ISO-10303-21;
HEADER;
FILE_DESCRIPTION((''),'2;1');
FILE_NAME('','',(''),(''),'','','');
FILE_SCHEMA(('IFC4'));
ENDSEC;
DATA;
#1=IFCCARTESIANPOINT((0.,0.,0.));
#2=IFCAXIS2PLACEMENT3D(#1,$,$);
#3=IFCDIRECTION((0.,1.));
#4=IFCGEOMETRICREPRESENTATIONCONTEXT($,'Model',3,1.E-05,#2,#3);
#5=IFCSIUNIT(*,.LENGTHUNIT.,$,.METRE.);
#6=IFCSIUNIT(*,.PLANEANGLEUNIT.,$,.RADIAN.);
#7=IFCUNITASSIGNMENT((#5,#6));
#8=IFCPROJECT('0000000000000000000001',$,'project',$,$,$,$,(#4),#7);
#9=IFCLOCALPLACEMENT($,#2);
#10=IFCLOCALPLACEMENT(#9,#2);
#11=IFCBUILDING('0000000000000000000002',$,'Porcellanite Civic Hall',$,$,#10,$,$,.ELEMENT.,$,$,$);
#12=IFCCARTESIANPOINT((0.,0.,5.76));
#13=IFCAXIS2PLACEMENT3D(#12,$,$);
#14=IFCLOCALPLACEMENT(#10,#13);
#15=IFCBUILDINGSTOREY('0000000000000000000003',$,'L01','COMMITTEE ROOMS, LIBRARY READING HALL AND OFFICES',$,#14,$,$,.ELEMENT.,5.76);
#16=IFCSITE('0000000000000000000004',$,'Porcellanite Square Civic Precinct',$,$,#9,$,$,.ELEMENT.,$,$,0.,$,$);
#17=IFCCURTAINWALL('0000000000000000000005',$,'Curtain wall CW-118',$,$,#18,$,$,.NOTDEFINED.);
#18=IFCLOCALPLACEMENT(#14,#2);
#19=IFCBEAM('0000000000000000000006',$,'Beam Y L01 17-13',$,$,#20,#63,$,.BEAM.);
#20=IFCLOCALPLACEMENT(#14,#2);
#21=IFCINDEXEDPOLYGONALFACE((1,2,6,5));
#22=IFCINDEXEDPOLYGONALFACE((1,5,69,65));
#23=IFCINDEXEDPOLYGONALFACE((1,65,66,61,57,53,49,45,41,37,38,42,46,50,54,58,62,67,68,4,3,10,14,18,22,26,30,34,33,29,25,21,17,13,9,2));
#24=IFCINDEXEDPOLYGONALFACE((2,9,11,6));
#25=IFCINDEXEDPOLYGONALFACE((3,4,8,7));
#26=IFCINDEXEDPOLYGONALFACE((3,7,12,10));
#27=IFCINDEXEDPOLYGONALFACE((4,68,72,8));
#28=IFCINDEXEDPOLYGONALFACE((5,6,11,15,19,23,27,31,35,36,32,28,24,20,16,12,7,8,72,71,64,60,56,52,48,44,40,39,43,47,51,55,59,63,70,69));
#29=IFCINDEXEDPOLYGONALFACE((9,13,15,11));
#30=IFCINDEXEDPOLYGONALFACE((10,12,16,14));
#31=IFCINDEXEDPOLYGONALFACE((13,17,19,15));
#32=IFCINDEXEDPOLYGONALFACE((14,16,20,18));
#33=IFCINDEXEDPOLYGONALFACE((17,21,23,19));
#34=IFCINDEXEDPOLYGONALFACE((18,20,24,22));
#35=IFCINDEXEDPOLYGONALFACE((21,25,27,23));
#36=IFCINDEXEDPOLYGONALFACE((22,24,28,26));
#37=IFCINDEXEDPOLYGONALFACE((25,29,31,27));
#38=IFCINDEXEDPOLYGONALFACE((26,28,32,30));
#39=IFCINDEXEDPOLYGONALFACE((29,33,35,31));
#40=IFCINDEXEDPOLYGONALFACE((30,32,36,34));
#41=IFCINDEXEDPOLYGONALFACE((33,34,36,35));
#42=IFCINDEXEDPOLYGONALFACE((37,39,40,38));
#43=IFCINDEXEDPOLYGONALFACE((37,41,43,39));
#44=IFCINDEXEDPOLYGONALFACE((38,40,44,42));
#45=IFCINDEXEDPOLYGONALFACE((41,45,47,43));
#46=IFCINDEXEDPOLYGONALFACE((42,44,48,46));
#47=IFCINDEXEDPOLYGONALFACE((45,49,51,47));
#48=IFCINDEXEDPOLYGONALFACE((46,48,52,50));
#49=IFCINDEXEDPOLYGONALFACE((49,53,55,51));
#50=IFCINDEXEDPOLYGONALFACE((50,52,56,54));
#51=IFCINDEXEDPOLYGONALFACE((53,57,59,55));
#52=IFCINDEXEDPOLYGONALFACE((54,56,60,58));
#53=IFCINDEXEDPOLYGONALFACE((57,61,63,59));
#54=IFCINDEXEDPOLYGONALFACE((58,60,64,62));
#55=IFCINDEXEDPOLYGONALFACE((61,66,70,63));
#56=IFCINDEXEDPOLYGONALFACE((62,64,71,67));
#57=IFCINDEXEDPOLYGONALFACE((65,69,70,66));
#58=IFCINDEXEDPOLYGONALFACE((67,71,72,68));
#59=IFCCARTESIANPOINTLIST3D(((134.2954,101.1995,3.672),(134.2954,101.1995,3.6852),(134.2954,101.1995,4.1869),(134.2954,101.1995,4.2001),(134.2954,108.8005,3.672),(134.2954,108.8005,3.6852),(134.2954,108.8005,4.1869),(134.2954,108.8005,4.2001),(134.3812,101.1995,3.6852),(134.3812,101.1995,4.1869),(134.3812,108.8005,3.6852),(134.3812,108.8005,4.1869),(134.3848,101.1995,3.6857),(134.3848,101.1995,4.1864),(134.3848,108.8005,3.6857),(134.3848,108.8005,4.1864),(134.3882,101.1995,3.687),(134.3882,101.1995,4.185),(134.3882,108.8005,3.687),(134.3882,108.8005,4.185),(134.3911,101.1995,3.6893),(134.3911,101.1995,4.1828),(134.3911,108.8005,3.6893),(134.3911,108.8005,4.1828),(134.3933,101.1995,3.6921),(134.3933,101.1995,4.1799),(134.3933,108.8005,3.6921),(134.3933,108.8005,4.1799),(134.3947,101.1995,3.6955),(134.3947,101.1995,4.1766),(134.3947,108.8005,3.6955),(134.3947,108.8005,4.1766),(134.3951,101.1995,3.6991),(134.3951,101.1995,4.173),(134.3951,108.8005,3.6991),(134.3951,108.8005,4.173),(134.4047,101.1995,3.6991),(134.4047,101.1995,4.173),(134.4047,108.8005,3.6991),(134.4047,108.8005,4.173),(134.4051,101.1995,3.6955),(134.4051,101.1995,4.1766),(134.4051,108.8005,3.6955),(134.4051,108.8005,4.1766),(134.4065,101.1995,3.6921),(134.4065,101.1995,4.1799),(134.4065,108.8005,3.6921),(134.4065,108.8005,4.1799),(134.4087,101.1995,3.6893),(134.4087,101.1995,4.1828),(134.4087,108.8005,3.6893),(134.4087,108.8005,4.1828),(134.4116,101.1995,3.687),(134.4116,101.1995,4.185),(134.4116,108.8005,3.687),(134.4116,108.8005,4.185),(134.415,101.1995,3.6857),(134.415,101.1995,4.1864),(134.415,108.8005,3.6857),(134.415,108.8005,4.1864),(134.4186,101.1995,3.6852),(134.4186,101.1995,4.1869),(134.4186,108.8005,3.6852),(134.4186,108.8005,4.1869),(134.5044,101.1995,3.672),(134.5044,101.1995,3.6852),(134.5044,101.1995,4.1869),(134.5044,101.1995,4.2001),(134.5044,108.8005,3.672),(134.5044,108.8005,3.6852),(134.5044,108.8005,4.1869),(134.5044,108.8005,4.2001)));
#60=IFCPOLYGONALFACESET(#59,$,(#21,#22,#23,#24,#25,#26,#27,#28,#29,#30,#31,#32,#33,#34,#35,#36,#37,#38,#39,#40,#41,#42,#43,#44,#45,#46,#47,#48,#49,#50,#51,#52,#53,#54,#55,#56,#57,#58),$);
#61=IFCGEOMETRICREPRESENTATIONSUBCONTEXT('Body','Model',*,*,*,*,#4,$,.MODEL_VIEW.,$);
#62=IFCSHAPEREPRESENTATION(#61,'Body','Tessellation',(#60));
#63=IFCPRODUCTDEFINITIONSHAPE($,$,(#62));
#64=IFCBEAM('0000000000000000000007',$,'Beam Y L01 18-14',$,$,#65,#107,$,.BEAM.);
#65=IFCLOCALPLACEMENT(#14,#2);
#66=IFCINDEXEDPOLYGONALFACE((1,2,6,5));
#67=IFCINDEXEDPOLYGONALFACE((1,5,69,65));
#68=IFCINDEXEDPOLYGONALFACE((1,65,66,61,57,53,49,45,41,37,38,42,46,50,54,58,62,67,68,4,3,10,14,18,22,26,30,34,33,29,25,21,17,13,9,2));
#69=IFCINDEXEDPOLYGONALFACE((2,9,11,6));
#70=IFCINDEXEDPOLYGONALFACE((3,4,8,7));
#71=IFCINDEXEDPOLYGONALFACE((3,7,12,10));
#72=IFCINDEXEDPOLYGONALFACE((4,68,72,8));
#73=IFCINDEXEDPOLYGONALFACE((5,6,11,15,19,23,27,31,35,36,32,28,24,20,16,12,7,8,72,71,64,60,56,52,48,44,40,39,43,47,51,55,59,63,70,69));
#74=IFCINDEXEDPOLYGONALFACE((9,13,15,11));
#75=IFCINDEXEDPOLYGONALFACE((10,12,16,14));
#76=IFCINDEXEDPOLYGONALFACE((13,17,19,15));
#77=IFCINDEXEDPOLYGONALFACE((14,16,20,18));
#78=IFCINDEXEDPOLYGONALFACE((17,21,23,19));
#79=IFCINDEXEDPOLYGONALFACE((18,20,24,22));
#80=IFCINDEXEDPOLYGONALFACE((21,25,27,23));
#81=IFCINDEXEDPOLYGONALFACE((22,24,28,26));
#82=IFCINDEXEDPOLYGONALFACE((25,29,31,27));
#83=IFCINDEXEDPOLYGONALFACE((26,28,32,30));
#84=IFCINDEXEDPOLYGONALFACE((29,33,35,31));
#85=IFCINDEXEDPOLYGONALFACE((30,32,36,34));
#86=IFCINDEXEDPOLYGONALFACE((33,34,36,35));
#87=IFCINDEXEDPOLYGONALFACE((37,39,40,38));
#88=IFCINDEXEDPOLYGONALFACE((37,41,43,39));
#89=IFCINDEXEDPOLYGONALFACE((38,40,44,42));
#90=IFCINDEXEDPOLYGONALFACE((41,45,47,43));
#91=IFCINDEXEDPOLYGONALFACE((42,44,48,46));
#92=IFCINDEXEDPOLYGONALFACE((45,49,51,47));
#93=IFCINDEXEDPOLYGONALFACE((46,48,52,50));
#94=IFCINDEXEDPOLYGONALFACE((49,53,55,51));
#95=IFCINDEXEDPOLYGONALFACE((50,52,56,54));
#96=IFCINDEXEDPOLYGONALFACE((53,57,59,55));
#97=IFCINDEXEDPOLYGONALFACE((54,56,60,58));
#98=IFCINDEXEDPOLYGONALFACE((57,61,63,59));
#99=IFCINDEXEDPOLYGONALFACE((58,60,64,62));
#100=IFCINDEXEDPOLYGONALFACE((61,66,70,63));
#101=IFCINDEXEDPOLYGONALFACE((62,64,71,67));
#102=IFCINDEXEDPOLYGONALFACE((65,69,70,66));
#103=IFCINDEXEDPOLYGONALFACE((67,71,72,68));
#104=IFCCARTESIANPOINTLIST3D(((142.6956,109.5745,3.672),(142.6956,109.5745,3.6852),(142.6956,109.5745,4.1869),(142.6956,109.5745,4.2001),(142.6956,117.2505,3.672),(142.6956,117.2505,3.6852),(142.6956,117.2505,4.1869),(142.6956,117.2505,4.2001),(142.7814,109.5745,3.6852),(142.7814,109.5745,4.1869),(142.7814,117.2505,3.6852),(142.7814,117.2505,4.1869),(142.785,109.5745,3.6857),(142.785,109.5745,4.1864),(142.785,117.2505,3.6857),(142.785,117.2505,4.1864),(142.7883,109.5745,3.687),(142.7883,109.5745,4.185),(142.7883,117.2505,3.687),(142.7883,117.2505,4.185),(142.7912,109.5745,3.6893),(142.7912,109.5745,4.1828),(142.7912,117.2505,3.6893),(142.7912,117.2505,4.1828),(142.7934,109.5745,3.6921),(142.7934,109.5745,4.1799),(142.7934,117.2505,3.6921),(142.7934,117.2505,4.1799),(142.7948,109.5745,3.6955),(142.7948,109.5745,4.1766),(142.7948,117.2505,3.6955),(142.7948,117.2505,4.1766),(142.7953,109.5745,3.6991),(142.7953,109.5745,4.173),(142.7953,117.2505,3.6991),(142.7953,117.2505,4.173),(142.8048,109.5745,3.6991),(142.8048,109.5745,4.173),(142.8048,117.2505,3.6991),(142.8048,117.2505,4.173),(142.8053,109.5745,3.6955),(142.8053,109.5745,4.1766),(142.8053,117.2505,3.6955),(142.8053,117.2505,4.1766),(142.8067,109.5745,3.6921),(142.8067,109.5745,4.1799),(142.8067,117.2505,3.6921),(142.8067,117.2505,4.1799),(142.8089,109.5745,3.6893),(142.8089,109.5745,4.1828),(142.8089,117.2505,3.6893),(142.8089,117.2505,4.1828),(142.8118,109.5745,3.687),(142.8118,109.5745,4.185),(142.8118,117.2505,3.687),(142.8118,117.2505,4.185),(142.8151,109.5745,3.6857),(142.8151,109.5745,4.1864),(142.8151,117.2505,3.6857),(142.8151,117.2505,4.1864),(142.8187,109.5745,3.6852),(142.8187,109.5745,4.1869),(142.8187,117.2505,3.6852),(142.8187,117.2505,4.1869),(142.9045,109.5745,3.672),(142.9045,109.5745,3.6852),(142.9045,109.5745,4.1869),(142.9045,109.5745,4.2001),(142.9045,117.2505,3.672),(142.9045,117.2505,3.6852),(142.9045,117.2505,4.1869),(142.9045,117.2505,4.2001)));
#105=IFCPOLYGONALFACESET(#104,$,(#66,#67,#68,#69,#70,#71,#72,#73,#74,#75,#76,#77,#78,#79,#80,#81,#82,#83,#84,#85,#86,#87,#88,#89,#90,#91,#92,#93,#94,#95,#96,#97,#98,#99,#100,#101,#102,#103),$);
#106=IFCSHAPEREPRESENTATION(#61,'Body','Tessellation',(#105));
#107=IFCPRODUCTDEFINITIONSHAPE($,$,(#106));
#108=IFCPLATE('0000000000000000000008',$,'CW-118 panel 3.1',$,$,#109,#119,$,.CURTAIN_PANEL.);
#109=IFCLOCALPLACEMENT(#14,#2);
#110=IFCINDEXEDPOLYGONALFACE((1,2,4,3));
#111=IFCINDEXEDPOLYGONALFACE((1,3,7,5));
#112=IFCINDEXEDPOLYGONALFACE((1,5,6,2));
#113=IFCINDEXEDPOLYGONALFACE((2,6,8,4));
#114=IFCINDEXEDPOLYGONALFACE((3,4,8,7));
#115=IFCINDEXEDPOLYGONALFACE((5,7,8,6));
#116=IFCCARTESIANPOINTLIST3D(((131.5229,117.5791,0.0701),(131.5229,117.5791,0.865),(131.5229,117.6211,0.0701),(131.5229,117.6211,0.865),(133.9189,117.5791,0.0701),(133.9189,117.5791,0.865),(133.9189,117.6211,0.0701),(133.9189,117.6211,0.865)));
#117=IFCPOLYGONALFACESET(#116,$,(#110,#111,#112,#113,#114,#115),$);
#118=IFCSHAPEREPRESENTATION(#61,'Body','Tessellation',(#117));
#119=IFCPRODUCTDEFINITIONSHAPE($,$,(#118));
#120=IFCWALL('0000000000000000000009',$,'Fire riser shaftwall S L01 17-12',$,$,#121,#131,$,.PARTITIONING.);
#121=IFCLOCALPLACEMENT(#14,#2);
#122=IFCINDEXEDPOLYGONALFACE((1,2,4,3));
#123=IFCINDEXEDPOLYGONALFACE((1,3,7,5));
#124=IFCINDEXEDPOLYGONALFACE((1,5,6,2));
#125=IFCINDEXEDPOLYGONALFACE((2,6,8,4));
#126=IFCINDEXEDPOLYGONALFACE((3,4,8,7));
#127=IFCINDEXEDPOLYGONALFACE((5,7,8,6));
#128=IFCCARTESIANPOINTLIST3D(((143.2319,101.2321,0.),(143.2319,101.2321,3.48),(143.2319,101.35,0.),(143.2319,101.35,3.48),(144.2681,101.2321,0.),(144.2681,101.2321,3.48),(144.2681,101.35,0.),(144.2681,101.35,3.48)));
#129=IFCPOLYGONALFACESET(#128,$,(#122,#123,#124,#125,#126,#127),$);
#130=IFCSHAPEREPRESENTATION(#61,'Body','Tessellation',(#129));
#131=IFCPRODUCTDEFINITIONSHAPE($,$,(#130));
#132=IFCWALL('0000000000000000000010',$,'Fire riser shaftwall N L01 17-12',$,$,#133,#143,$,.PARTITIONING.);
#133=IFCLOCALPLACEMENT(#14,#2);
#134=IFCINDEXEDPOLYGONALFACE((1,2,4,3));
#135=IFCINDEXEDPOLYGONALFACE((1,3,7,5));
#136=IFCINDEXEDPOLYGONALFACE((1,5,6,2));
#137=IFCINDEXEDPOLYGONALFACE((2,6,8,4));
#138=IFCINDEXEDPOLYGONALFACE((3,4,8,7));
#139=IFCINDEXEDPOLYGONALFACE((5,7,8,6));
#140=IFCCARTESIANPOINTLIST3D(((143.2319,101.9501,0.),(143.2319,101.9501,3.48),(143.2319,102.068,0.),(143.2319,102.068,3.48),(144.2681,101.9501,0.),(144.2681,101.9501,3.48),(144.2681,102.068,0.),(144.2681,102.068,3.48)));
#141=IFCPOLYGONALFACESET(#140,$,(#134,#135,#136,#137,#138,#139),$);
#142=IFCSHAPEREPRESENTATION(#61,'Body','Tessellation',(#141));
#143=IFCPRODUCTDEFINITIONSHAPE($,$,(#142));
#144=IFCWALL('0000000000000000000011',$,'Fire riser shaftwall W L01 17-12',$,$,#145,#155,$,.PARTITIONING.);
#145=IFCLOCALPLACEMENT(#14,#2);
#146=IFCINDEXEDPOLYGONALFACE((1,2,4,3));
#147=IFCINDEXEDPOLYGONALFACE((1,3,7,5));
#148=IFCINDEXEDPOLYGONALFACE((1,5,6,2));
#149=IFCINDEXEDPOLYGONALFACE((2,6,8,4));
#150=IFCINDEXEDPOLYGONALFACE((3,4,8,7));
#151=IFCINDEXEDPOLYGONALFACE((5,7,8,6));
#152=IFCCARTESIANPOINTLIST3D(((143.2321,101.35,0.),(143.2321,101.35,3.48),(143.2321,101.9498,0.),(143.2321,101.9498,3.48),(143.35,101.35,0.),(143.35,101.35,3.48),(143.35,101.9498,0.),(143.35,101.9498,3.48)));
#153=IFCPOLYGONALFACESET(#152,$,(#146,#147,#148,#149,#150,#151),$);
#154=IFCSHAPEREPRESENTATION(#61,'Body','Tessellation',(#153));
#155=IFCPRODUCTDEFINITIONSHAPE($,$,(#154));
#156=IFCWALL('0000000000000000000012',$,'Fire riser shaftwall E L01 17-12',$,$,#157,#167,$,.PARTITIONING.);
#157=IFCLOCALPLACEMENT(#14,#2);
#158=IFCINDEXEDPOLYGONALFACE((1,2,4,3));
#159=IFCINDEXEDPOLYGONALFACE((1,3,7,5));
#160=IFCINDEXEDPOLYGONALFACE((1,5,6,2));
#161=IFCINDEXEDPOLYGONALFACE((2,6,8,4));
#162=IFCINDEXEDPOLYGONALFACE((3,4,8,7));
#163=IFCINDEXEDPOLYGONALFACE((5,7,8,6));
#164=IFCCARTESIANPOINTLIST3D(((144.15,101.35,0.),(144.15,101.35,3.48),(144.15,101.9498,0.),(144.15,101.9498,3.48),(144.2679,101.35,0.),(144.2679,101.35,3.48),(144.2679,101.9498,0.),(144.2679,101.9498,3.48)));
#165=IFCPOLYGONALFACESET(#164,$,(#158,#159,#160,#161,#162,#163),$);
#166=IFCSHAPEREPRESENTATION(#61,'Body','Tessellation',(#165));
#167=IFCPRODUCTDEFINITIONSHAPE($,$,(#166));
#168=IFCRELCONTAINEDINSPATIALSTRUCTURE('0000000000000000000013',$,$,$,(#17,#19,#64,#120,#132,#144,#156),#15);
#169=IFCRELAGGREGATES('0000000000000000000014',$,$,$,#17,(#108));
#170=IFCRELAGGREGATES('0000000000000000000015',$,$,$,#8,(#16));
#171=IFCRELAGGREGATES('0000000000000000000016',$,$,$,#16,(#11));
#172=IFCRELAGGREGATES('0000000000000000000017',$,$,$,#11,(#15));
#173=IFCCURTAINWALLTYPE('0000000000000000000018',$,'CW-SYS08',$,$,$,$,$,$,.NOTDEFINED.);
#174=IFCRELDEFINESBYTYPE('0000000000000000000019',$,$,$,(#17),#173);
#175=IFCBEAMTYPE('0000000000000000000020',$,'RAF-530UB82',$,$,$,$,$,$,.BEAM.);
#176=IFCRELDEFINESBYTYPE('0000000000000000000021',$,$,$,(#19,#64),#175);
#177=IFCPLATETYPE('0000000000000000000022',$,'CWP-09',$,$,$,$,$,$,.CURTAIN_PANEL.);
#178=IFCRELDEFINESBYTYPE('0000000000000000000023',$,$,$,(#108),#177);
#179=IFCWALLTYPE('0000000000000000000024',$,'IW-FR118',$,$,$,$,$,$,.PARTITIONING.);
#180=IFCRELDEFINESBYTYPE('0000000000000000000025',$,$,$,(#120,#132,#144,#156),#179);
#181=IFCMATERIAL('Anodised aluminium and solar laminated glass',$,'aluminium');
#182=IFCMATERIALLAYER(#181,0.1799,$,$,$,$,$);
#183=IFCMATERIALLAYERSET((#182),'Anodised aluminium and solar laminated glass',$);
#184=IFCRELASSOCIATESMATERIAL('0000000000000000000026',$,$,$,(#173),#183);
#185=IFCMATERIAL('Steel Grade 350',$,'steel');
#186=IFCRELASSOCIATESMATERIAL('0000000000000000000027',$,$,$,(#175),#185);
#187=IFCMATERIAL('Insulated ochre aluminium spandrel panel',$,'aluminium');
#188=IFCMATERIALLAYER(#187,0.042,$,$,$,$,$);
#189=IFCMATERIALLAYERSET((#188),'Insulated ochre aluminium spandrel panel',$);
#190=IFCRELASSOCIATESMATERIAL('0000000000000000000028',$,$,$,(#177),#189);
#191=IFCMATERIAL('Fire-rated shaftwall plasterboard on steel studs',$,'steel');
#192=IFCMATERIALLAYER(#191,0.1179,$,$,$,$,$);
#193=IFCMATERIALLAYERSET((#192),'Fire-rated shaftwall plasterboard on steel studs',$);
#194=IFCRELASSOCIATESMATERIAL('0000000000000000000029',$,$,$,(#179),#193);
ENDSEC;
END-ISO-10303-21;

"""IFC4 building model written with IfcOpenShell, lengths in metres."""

from ifc_helpers import new_model, si_unit, direction, frame, frame_2d, origin, origin_2d, place, context, subcontext, project, spatial, rectangle, i_section, extrude, material, layer, layer_set, material_profile, profile_set, type_object, element, aggregate, save


model = new_model("IFC4")

# Units and contexts
model_context = context("Model", 3, precision=1e-05, world=origin(), true_north=direction((0.0, 1.0)))
body_context = subcontext(model_context, "Body", "Model", "MODEL_VIEW")
ifc_project = project(units=[si_unit("LENGTHUNIT", "METRE"), si_unit("PLANEANGLEUNIT", "RADIAN")], contexts=[model_context])

# Site, building, storey
site_placement = place(None, origin())
site = spatial("IfcSite", under=ifc_project, at=site_placement, Name="Porcellanite Square Civic Precinct", CompositionType="ELEMENT", RefElevation=0.0)
building_placement = place(site_placement, origin())
building = spatial("IfcBuilding", under=site, at=building_placement, Name="Porcellanite Civic Hall", CompositionType="ELEMENT")
storey_placement = place(building_placement, frame((0.0, 0.0, 5.76)))
storey = spatial("IfcBuildingStorey", under=building, at=storey_placement, Name="L01", Description="COMMITTEE ROOMS, LIBRARY READING HALL AND OFFICES", CompositionType="ELEMENT", Elevation=5.76)

# Curtain wall
ifc_material_1 = material(Name="Anodised aluminium and solar laminated glass", Category="aluminium")
ifc_layer_1 = layer(ifc_material_1, 0.1799)
ifc_layer_set_1 = layer_set([ifc_layer_1], Name="Anodised aluminium and solar laminated glass")
curtain_wall_type = type_object("IfcCurtainWallType", Name="CW-SYS08", PredefinedType="NOTDEFINED", material=ifc_layer_set_1)
curtain_wall_placement = place(storey_placement, origin())
curtain_wall = element("IfcCurtainWall", 1, at=curtain_wall_placement, inside=storey, type_object=curtain_wall_type, Name="Curtain wall CW-118", PredefinedType="NOTDEFINED")

# Beams
ifc_material_2 = material(Name="Steel Grade 350", Category="steel")
ifc_material_profile_1 = material_profile(ifc_material_2, i_section(OverallWidth=0.209, OverallDepth=0.5281, WebThickness=0.0095, FlangeThickness=0.0132, FilletRadius=0.0139, at=origin_2d()), Name="530UB82.0")
ifc_profile_set_1 = profile_set([ifc_material_profile_1], Name="Steel Grade 350")
beam_type_1 = type_object("IfcBeamType", Name="RAF-530UB82", PredefinedType="BEAM", material=ifc_profile_set_1)
beam_1_placement = place(storey_placement, frame((134.3999, 101.1995, 3.936), z_axis=(0.0, 1.0, 0.0), x_axis=(-1.0, 0.0, 0.0)))
element("IfcBeam", 2, at=beam_1_placement, inside=storey, type_object=beam_type_1, Name="Beam Y L01 17-13", PredefinedType="BEAM", context=body_context, shape_type="SweptSolid", body=[
    extrude(i_section(OverallWidth=0.209, OverallDepth=0.5281, WebThickness=0.0095, FlangeThickness=0.0132, FilletRadius=0.0139, at=origin_2d()), origin(), (0.0, 0.0, 1.0), 7.6011),
])
beam_2_placement = place(storey_placement, frame((142.8, 109.5745, 3.936), z_axis=(0.0, 1.0, 0.0), x_axis=(-1.0, 0.0, 0.0)))
element("IfcBeam", 3, at=beam_2_placement, inside=storey, type_object=beam_type_1, Name="Beam Y L01 18-14", PredefinedType="BEAM", context=body_context, shape_type="SweptSolid", body=[
    extrude(i_section(OverallWidth=0.209, OverallDepth=0.5281, WebThickness=0.0095, FlangeThickness=0.0132, FilletRadius=0.0139, at=origin_2d()), origin(), (0.0, 0.0, 1.0), 7.676),
])

# Plate
ifc_material_3 = material(Name="Insulated ochre aluminium spandrel panel", Category="aluminium")
ifc_layer_2 = layer(ifc_material_3, 0.042)
ifc_layer_set_2 = layer_set([ifc_layer_2], Name="Insulated ochre aluminium spandrel panel")
plate_type = type_object("IfcPlateType", Name="CWP-09", PredefinedType="CURTAIN_PANEL", material=ifc_layer_set_2)
plate_placement = place(storey_placement, frame((132.7209, 117.6001, 0.0701), z_axis=(0.0, 0.0, 1.0), x_axis=(1.0, 0.0, 0.0)))
plate = element("IfcPlate", 4, at=plate_placement, type_object=plate_type, Name="CW-118 panel 3.1", PredefinedType="CURTAIN_PANEL", context=body_context, shape_type="SweptSolid", body=[
    extrude(rectangle(XDim=2.396, YDim=0.042, at=origin_2d()), origin(), (0.0, 0.0, 1.0), 0.7949),
])
aggregate(curtain_wall, [plate])

# Walls
ifc_material_4 = material(Name="Fire-rated shaftwall plasterboard on steel studs", Category="steel")
ifc_layer_3 = layer(ifc_material_4, 0.1179)
ifc_layer_set_3 = layer_set([ifc_layer_3], Name="Fire-rated shaftwall plasterboard on steel studs")
wall_type_1 = type_object("IfcWallType", Name="IW-FR118", PredefinedType="PARTITIONING", material=ifc_layer_set_3)
for number, where, z_axis, x_axis, name in (
    (5, (143.2319, 101.291, 0.0), (0.0, 0.0, 1.0), (1.0, 0.0, 0.0), "Fire riser shaftwall S L01 17-12"),
    (6, (143.2319, 102.009, 0.0), (0.0, 0.0, 1.0), (1.0, 0.0, 0.0), "Fire riser shaftwall N L01 17-12"),
):
    element("IfcWall", number, at=place(storey_placement, frame(where, z_axis=z_axis, x_axis=x_axis)), inside=storey, type_object=wall_type_1, Name=name, PredefinedType="PARTITIONING", context=body_context, shape_type="SweptSolid", body=[
        extrude(rectangle(XDim=1.0361, YDim=0.1179, at=frame_2d((0.5181, 0.0))), origin(), (0.0, 0.0, 1.0), 3.48),
    ])
for number, where, z_axis, x_axis, name in (
    (7, (143.291, 101.3501, 0.0), (0.0, 0.0, 1.0), (0.0, 1.0, 0.0), "Fire riser shaftwall W L01 17-12"),
    (8, (144.209, 101.3501, 0.0), (0.0, 0.0, 1.0), (0.0, 1.0, 0.0), "Fire riser shaftwall E L01 17-12"),
):
    element("IfcWall", number, at=place(storey_placement, frame(where, z_axis=z_axis, x_axis=x_axis)), inside=storey, type_object=wall_type_1, Name=name, PredefinedType="PARTITIONING", context=body_context, shape_type="SweptSolid", body=[
        extrude(rectangle(XDim=0.5999, YDim=0.1179, at=frame_2d((0.2998, 0.0))), origin(), (0.0, 0.0, 1.0), 3.48),
    ])

save(model, "model.ifc")
